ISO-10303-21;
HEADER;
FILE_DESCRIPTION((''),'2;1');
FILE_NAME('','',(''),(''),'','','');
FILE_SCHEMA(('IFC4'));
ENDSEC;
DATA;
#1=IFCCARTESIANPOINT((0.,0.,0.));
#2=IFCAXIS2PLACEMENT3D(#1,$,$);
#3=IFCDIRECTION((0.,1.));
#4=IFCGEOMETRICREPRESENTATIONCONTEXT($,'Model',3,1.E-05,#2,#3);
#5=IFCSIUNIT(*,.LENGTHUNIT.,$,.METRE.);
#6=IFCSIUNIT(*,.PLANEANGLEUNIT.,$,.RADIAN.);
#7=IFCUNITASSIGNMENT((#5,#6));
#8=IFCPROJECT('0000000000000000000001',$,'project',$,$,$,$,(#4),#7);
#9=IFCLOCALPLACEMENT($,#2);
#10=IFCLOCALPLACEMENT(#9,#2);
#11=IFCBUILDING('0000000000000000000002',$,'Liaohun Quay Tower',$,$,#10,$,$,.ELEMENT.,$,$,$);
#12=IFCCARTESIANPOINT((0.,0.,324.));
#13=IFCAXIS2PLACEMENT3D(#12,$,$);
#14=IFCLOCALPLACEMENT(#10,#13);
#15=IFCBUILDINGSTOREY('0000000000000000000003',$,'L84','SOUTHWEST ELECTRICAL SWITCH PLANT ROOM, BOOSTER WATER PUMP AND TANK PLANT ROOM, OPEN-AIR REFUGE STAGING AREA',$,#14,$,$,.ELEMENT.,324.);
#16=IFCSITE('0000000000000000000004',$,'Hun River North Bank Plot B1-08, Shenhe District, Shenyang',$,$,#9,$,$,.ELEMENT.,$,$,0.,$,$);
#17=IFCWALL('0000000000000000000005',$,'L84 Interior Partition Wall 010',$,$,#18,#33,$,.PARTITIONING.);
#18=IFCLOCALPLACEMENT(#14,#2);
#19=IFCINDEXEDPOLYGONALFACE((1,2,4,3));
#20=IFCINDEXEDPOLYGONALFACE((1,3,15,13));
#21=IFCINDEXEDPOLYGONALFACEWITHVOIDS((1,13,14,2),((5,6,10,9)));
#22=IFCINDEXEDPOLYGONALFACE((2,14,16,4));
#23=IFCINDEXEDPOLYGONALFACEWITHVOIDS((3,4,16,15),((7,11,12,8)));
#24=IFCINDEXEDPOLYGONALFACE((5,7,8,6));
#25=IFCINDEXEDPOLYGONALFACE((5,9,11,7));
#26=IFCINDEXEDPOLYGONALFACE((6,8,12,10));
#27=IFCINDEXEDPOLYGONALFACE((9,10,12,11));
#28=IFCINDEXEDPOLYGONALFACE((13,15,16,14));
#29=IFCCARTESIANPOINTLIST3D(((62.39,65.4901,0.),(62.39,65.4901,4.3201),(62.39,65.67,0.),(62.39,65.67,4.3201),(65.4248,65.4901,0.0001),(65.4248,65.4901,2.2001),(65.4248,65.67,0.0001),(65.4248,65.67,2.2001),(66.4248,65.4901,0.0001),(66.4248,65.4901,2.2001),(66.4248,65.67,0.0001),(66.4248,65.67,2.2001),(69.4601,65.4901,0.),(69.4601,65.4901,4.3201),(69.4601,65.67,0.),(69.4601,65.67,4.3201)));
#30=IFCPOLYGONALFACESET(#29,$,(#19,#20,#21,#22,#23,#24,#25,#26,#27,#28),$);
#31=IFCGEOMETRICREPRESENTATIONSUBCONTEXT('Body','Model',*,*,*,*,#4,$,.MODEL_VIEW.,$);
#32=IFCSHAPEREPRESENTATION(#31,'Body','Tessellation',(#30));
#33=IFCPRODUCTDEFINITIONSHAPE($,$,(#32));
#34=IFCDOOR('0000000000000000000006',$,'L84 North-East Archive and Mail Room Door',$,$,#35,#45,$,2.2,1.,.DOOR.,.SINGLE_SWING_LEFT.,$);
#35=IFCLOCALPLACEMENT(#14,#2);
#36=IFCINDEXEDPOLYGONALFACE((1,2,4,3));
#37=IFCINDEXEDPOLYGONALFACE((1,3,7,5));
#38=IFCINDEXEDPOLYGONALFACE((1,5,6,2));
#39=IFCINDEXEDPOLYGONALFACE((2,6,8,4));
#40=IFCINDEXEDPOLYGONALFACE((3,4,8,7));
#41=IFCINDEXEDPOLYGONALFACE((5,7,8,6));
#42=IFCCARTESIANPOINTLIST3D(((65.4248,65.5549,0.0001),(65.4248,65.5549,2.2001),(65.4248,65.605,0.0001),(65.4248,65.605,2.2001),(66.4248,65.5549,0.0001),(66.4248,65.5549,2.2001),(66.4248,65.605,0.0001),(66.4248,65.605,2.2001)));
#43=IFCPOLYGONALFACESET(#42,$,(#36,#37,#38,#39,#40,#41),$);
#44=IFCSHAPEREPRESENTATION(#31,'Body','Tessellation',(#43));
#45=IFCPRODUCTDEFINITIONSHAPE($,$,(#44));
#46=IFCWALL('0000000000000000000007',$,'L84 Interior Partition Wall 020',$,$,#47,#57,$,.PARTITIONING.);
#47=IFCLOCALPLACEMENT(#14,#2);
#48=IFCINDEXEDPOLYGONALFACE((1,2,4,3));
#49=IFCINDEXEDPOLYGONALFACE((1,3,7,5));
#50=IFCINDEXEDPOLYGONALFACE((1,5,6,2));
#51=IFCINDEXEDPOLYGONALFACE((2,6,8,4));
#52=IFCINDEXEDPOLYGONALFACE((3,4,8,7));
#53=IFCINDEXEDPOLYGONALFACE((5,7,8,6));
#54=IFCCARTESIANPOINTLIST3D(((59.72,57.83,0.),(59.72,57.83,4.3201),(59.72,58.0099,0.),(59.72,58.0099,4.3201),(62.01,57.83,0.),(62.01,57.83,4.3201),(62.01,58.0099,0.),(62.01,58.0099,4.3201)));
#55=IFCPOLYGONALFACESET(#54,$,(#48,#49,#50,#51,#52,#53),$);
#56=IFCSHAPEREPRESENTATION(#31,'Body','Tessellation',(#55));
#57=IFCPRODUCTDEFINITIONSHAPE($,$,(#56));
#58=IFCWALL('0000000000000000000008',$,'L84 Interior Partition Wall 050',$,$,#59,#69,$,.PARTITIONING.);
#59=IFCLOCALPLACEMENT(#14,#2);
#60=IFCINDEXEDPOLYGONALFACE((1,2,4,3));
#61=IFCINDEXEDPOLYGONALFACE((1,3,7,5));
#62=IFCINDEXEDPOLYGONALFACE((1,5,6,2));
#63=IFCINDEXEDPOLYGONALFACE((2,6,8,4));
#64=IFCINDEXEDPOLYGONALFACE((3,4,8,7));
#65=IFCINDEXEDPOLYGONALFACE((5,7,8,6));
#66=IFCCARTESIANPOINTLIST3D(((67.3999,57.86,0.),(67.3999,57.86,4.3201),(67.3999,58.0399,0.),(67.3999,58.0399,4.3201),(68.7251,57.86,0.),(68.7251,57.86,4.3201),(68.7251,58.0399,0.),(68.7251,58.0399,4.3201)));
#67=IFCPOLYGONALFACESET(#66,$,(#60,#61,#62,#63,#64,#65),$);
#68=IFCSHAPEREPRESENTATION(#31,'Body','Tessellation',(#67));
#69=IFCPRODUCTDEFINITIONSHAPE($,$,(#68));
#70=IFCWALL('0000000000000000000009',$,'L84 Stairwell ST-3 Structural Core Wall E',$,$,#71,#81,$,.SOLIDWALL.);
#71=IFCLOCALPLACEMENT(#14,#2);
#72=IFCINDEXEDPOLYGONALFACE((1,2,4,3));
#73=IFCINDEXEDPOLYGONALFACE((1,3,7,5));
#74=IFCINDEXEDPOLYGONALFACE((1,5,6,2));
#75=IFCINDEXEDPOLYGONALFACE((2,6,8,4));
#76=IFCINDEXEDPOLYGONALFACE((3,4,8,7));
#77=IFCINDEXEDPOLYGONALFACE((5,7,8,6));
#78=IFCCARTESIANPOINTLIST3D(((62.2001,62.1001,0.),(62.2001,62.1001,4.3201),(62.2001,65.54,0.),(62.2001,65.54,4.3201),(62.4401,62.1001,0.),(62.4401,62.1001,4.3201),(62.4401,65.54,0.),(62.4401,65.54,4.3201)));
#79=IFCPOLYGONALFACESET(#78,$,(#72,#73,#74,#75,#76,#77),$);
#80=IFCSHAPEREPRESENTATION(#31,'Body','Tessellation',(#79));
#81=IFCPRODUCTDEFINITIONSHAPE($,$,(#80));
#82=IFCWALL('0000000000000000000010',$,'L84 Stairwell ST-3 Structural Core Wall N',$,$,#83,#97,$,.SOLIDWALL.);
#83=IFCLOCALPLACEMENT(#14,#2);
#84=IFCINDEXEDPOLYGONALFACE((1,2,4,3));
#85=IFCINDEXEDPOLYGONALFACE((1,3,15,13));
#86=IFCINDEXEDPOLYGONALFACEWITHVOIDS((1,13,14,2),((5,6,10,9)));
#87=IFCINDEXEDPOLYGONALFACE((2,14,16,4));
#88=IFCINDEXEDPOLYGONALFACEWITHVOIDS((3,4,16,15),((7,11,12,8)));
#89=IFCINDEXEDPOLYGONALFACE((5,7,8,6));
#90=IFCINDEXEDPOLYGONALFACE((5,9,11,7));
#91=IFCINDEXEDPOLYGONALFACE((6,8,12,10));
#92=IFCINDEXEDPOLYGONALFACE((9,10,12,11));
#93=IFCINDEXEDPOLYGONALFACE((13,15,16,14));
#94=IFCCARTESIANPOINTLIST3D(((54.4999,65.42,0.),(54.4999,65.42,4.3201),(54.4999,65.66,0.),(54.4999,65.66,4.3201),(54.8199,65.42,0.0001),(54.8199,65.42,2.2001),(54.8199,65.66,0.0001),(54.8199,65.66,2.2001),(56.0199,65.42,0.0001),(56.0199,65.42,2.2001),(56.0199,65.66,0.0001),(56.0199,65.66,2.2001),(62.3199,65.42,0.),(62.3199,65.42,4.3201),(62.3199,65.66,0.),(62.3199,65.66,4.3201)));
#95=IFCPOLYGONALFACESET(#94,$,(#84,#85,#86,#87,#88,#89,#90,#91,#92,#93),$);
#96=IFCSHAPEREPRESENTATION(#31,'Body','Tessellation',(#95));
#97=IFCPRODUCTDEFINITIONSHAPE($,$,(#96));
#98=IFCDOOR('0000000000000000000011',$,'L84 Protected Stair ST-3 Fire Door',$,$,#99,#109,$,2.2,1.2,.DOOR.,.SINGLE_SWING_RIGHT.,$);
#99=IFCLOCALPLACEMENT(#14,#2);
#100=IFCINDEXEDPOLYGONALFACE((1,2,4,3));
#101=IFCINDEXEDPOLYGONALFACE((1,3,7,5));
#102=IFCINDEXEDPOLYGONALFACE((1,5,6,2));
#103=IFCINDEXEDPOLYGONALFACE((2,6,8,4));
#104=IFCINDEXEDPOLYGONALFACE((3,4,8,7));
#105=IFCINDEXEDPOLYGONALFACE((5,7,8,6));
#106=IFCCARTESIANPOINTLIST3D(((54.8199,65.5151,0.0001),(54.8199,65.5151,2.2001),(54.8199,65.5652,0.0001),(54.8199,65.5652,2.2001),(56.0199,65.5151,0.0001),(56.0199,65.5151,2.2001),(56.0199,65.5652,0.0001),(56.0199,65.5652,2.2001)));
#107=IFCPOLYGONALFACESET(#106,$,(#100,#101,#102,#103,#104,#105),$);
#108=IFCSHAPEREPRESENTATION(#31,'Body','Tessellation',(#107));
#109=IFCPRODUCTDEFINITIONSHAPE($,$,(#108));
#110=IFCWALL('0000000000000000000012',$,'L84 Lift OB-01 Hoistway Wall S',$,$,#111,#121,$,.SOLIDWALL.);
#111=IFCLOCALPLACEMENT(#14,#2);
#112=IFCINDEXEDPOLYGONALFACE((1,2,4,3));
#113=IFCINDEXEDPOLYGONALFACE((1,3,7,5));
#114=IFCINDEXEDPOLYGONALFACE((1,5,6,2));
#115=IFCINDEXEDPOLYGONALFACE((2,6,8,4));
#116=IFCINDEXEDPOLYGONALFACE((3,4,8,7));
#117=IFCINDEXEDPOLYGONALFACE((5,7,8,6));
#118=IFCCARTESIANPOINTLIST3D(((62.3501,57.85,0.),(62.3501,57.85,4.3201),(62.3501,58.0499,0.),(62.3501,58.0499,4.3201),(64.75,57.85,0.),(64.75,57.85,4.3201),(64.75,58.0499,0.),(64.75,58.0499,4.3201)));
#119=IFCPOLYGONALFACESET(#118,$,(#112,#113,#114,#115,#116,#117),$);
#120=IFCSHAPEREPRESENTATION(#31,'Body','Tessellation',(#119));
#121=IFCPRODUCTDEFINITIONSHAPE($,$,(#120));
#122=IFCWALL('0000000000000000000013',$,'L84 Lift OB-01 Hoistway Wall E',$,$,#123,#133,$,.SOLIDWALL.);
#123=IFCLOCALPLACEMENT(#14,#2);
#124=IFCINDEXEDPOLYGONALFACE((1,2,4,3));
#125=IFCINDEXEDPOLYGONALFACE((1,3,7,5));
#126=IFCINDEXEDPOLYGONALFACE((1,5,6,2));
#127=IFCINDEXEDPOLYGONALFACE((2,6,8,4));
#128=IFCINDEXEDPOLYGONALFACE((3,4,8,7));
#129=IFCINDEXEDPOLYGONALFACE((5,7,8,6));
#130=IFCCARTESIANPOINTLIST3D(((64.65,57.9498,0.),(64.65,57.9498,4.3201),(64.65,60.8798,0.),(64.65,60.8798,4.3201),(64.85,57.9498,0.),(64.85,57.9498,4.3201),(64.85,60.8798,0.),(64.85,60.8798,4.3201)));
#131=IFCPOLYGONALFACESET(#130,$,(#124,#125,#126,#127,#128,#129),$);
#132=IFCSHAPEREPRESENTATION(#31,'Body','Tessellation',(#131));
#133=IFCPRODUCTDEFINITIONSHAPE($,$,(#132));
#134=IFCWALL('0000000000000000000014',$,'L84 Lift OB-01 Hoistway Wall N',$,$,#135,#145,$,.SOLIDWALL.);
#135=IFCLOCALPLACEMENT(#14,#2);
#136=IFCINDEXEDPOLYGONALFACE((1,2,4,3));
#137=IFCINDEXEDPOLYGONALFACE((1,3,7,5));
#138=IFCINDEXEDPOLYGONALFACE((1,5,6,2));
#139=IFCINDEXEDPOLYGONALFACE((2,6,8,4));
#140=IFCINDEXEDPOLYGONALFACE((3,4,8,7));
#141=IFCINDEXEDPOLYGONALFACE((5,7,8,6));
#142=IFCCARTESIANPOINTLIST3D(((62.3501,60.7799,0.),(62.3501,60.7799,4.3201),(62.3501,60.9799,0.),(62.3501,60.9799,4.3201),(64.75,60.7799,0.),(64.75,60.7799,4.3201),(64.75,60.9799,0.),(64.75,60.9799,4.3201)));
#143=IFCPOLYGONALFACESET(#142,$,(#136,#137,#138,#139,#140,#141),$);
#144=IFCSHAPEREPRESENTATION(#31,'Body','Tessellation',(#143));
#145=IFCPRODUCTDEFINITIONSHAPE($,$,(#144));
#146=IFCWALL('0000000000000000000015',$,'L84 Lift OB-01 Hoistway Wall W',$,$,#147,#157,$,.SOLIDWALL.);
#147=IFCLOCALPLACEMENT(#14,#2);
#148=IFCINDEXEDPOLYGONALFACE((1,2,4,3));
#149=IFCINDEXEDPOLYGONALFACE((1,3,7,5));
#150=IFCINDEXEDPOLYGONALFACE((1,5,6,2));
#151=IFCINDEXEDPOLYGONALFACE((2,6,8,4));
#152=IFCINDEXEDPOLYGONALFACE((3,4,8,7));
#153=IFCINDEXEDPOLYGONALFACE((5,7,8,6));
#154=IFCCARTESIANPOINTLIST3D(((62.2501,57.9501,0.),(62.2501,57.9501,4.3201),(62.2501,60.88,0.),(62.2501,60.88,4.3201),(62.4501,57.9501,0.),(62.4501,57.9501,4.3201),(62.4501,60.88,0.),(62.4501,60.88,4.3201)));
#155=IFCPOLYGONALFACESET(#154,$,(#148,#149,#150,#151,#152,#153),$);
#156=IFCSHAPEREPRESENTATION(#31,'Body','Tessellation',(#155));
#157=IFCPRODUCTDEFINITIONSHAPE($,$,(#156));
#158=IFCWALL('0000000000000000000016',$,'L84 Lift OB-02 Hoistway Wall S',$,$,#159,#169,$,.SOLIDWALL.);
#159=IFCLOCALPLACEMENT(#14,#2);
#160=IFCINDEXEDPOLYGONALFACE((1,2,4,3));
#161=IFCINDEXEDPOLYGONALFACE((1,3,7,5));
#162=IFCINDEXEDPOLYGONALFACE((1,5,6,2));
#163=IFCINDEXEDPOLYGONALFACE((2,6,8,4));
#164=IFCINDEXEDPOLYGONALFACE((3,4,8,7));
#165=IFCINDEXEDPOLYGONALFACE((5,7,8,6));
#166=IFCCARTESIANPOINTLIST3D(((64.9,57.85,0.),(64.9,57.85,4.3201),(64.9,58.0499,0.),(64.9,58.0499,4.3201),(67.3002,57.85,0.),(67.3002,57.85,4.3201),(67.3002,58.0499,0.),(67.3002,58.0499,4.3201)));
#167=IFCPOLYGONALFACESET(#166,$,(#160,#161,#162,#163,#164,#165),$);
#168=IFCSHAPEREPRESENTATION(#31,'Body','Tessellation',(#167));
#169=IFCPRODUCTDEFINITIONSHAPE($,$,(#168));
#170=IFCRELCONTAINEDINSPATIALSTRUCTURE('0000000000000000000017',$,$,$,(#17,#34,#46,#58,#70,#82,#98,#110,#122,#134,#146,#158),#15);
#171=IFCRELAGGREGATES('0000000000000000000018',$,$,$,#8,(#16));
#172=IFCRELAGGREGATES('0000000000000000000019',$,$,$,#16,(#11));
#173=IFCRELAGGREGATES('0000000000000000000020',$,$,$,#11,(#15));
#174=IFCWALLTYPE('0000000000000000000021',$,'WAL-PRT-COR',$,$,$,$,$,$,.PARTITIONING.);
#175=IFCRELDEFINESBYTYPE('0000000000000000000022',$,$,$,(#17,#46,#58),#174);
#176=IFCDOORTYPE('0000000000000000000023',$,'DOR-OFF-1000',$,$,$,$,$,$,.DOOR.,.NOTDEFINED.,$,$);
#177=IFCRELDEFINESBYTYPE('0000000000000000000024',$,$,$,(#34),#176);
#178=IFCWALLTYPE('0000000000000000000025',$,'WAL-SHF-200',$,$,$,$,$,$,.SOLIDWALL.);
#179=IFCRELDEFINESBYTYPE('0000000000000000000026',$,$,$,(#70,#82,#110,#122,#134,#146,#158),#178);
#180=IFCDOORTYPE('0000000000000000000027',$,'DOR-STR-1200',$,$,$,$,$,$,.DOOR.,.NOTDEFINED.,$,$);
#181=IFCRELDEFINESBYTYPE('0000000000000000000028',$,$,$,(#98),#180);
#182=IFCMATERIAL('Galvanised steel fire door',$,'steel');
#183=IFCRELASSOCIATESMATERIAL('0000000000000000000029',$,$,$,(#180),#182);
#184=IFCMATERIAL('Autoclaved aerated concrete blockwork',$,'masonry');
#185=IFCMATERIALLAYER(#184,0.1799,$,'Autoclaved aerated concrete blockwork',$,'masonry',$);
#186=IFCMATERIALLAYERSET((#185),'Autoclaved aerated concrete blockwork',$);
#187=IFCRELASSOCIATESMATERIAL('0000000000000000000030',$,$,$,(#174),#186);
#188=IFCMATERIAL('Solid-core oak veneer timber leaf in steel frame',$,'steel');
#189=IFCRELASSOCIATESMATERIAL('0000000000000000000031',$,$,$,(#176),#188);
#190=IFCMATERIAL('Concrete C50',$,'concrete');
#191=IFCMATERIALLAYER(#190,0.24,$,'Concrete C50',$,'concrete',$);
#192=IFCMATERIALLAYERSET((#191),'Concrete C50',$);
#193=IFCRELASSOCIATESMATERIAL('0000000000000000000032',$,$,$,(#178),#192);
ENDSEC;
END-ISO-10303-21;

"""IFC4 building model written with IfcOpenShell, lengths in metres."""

from ifc_helpers import new_model, si_unit, direction, frame, frame_2d, origin, place, context, subcontext, project, spatial, rectangle, extrude, source, transform, mapped, material, layer, layer_set, type_object, element, fill, save


model = new_model("IFC4")

# Units and contexts
model_context = context("Model", 3, precision=1e-05, world=origin(), true_north=direction((0.0, 1.0)))
body_context = subcontext(model_context, "Body", "Model", "MODEL_VIEW")
ifc_project = project(units=[si_unit("LENGTHUNIT", "METRE"), si_unit("PLANEANGLEUNIT", "RADIAN")], contexts=[model_context])

# Site, building, storey
site_placement = place(None, origin())
site = spatial("IfcSite", under=ifc_project, at=site_placement, Name="Hun River North Bank Plot B1-08, Shenhe District, Shenyang", CompositionType="ELEMENT", RefElevation=0.0)
building_placement = place(site_placement, origin())
building = spatial("IfcBuilding", under=site, at=building_placement, Name="Liaohun Quay Tower", CompositionType="ELEMENT")
storey_placement = place(building_placement, frame((0.0, 0.0, 324.0)))
storey = spatial("IfcBuildingStorey", under=building, at=storey_placement, Name="L84", Description="SOUTHWEST ELECTRICAL SWITCH PLANT ROOM, BOOSTER WATER PUMP AND TANK PLANT ROOM, OPEN-AIR REFUGE STAGING AREA", CompositionType="ELEMENT", Elevation=324.0)

# Shared definitions
ifc_material_1 = material(Name="Concrete C50", Category="concrete")

# Wall, opening, door
ifc_material_2 = material(Name="Galvanised steel fire door", Category="steel")
door_type_1 = type_object("IfcDoorType", Name="DOR-STR-1200", OperationType="NOTDEFINED", PredefinedType="DOOR", material=ifc_material_2)
shared_shape_1 = source(origin(), body_context, "Body", "SweptSolid", [
    extrude(rectangle(XDim=1.2, YDim=2.2, at=frame_2d((0.6001, 1.1001))), frame((0.0, 0.0249, 0.0), z_axis=(0.0, -1.0, 0.0), x_axis=(1.0, 0.0, 0.0)), (0.0, 0.0, 1.0), 0.05),
])
ifc_material_3 = material(Name="Autoclaved aerated concrete blockwork", Category="masonry")
ifc_layer_1 = layer(ifc_material_3, 0.1799, Name="Autoclaved aerated concrete blockwork", Category="masonry")
ifc_layer_set_1 = layer_set([ifc_layer_1], Name="Autoclaved aerated concrete blockwork")
wall_type_1 = type_object("IfcWallType", Name="WAL-PRT-COR", PredefinedType="PARTITIONING", material=ifc_layer_set_1)
wall_1_placement = place(storey_placement, frame((62.3899, 65.5801, 0.0), z_axis=(0.0, 0.0, 1.0), x_axis=(1.0, 0.0, 0.0)))
wall_1 = element("IfcWall", 1, at=wall_1_placement, inside=storey, type_object=wall_type_1, Name="L84 Interior Partition Wall 010", PredefinedType="PARTITIONING", context=body_context, shape_type="SweptSolid", body=[
    extrude(rectangle(XDim=7.0701, YDim=0.1799, at=frame_2d((3.5352, 0.0))), origin(), (0.0, 0.0, 1.0), 4.3201),
])
shared_shape_2 = source(origin(), body_context, "Body", "SweptSolid", [
    extrude(rectangle(XDim=1.0, YDim=2.2, at=frame_2d((0.5, 1.1001))), frame((0.0, 0.0999, 0.0), z_axis=(0.0, -1.0, 0.0), x_axis=(1.0, 0.0, 0.0)), (0.0, 0.0, 1.0), 0.2),
])
opening_1_placement = place(wall_1_placement, frame((3.0349, 0.0, 0.0)))
opening_1 = element("IfcOpeningElement", 2, at=opening_1_placement, cuts=wall_1, PredefinedType="OPENING", context=body_context, shape_type="MappedRepresentation", body=[
    mapped(shared_shape_2, transform((0.0, 0.0, 0.0), x_axis=(1.0, 0.0, 0.0), y_axis=(0.0, 1.0, 0.0), z_axis=(0.0, 0.0, 1.0), scale=1.0)),
])
ifc_material_4 = material(Name="Solid-core oak veneer timber leaf in steel frame", Category="steel")
door_type_2 = type_object("IfcDoorType", Name="DOR-OFF-1000", OperationType="NOTDEFINED", PredefinedType="DOOR", material=ifc_material_4)
shared_shape_3 = source(origin(), body_context, "Body", "SweptSolid", [
    extrude(rectangle(XDim=1.0, YDim=2.2, at=frame_2d((0.5, 1.1001))), frame((0.0, 0.0249, 0.0), z_axis=(0.0, -1.0, 0.0), x_axis=(1.0, 0.0, 0.0)), (0.0, 0.0, 1.0), 0.05),
])
door_1_placement = place(opening_1_placement, origin())
door_1 = element("IfcDoor", 3, at=door_1_placement, inside=storey, type_object=door_type_2, Name="L84 North-East Archive and Mail Room Door", OperationType="SINGLE_SWING_LEFT", OverallHeight=2.2, OverallWidth=1.0, PredefinedType="DOOR", context=body_context, shape_type="MappedRepresentation", body=[
    mapped(shared_shape_3, transform((0.0, 0.0, 0.0), x_axis=(1.0, 0.0, 0.0), y_axis=(0.0, 1.0, 0.0), z_axis=(0.0, 0.0, 1.0), scale=1.0)),
])
fill(opening_1, door_1)

# Walls
wall_2_placement = place(storey_placement, frame((59.72, 57.9199, 0.0), z_axis=(0.0, 0.0, 1.0), x_axis=(1.0, 0.0, 0.0)))
element("IfcWall", 4, at=wall_2_placement, inside=storey, type_object=wall_type_1, Name="L84 Interior Partition Wall 020", PredefinedType="PARTITIONING", context=body_context, shape_type="SweptSolid", body=[
    extrude(rectangle(XDim=2.29, YDim=0.1799, at=frame_2d((1.145, 0.0))), origin(), (0.0, 0.0, 1.0), 4.3201),
])
wall_3_placement = place(storey_placement, frame((67.3999, 57.95, 0.0), z_axis=(0.0, 0.0, 1.0), x_axis=(1.0, 0.0, 0.0)))
element("IfcWall", 5, at=wall_3_placement, inside=storey, type_object=wall_type_1, Name="L84 Interior Partition Wall 050", PredefinedType="PARTITIONING", context=body_context, shape_type="SweptSolid", body=[
    extrude(rectangle(XDim=1.3252, YDim=0.1799, at=frame_2d((0.6626, 0.0))), origin(), (0.0, 0.0, 1.0), 4.3201),
])
ifc_layer_2 = layer(ifc_material_1, 0.24, Name="Concrete C50", Category="concrete")
ifc_layer_set_2 = layer_set([ifc_layer_2], Name="Concrete C50")
wall_type_2 = type_object("IfcWallType", Name="WAL-SHF-200", PredefinedType="SOLIDWALL", material=ifc_layer_set_2)
wall_4_placement = place(storey_placement, frame((62.3201, 62.1001, 0.0), z_axis=(0.0, 0.0, 1.0), x_axis=(0.0, 1.0, 0.0)))
element("IfcWall", 6, at=wall_4_placement, inside=storey, type_object=wall_type_2, Name="L84 Stairwell ST-3 Structural Core Wall E", PredefinedType="SOLIDWALL", context=body_context, shape_type="SweptSolid", body=[
    extrude(rectangle(XDim=3.4399, YDim=0.24, at=frame_2d((1.72, 0.0))), origin(), (0.0, 0.0, 1.0), 4.3201),
])

# Wall, opening, door
wall_5_placement = place(storey_placement, frame((62.3201, 65.54, 0.0), z_axis=(0.0, 0.0, 1.0), x_axis=(-1.0, 0.0, 0.0)))
wall_5 = element("IfcWall", 7, at=wall_5_placement, inside=storey, type_object=wall_type_2, Name="L84 Stairwell ST-3 Structural Core Wall N", PredefinedType="SOLIDWALL", context=body_context, shape_type="SweptSolid", body=[
    extrude(rectangle(XDim=7.8201, YDim=0.24, at=frame_2d((3.9102, 0.0))), origin(), (0.0, 0.0, 1.0), 4.3201),
])
shared_shape_4 = source(origin(), body_context, "Body", "SweptSolid", [
    extrude(rectangle(XDim=1.2, YDim=2.2, at=frame_2d((0.6001, 1.1001))), frame((0.0, 0.1299, 0.0), z_axis=(0.0, -1.0, 0.0), x_axis=(1.0, 0.0, 0.0)), (0.0, 0.0, 1.0), 0.26),
])
opening_2_placement = place(wall_5_placement, frame((6.3, 0.0, 0.0)))
opening_2 = element("IfcOpeningElement", 8, at=opening_2_placement, cuts=wall_5, PredefinedType="OPENING", context=body_context, shape_type="MappedRepresentation", body=[
    mapped(shared_shape_4, transform((0.0, 0.0, 0.0), x_axis=(1.0, 0.0, 0.0), y_axis=(0.0, 1.0, 0.0), z_axis=(0.0, 0.0, 1.0), scale=1.0)),
])
door_2_placement = place(opening_2_placement, origin())
door_2 = element("IfcDoor", 9, at=door_2_placement, inside=storey, type_object=door_type_1, Name="L84 Protected Stair ST-3 Fire Door", OperationType="SINGLE_SWING_RIGHT", OverallHeight=2.2, OverallWidth=1.2, PredefinedType="DOOR", context=body_context, shape_type="MappedRepresentation", body=[
    mapped(shared_shape_1, transform((0.0, 0.0, 0.0), x_axis=(1.0, 0.0, 0.0), y_axis=(0.0, 1.0, 0.0), z_axis=(0.0, 0.0, 1.0), scale=1.0)),
])
fill(opening_2, door_2)

# Walls
wall_6_placement = place(storey_placement, frame((62.3501, 57.95, 0.0), z_axis=(0.0, 0.0, 1.0), x_axis=(1.0, 0.0, 0.0)))
element("IfcWall", 10, at=wall_6_placement, inside=storey, type_object=wall_type_2, Name="L84 Lift OB-01 Hoistway Wall S", PredefinedType="SOLIDWALL", context=body_context, shape_type="SweptSolid", body=[
    extrude(rectangle(XDim=2.3999, YDim=0.2, at=frame_2d((1.2, 0.0))), origin(), (0.0, 0.0, 1.0), 4.3201),
])
wall_7_placement = place(storey_placement, frame((64.75, 57.95, 0.0), z_axis=(0.0, 0.0, 1.0), x_axis=(0.0, 1.0, 0.0)))
element("IfcWall", 11, at=wall_7_placement, inside=storey, type_object=wall_type_2, Name="L84 Lift OB-01 Hoistway Wall E", PredefinedType="SOLIDWALL", context=body_context, shape_type="SweptSolid", body=[
    extrude(rectangle(XDim=2.9299, YDim=0.2, at=frame_2d((1.4648, 0.0))), origin(), (0.0, 0.0, 1.0), 4.3201),
])
wall_8_placement = place(storey_placement, frame((64.75, 60.8799, 0.0), z_axis=(0.0, 0.0, 1.0), x_axis=(-1.0, 0.0, 0.0)))
element("IfcWall", 12, at=wall_8_placement, inside=storey, type_object=wall_type_2, Name="L84 Lift OB-01 Hoistway Wall N", PredefinedType="SOLIDWALL", context=body_context, shape_type="SweptSolid", body=[
    extrude(rectangle(XDim=2.3999, YDim=0.2, at=frame_2d((1.2, 0.0))), origin(), (0.0, 0.0, 1.0), 4.3201),
])
wall_9_placement = place(storey_placement, frame((62.3501, 60.8799, 0.0), z_axis=(0.0, 0.0, 1.0), x_axis=(0.0, -1.0, 0.0)))
element("IfcWall", 13, at=wall_9_placement, inside=storey, type_object=wall_type_2, Name="L84 Lift OB-01 Hoistway Wall W", PredefinedType="SOLIDWALL", context=body_context, shape_type="SweptSolid", body=[
    extrude(rectangle(XDim=2.9299, YDim=0.2, at=frame_2d((1.4648, 0.0))), origin(), (0.0, 0.0, 1.0), 4.3201),
])
wall_10_placement = place(storey_placement, frame((64.8999, 57.95, 0.0), z_axis=(0.0, 0.0, 1.0), x_axis=(1.0, 0.0, 0.0)))
element("IfcWall", 14, at=wall_10_placement, inside=storey, type_object=wall_type_2, Name="L84 Lift OB-02 Hoistway Wall S", PredefinedType="SOLIDWALL", context=body_context, shape_type="SweptSolid", body=[
    extrude(rectangle(XDim=2.4001, YDim=0.2, at=frame_2d((1.2002, 0.0))), origin(), (0.0, 0.0, 1.0), 4.3201),
])

save(model, "model.ifc")
